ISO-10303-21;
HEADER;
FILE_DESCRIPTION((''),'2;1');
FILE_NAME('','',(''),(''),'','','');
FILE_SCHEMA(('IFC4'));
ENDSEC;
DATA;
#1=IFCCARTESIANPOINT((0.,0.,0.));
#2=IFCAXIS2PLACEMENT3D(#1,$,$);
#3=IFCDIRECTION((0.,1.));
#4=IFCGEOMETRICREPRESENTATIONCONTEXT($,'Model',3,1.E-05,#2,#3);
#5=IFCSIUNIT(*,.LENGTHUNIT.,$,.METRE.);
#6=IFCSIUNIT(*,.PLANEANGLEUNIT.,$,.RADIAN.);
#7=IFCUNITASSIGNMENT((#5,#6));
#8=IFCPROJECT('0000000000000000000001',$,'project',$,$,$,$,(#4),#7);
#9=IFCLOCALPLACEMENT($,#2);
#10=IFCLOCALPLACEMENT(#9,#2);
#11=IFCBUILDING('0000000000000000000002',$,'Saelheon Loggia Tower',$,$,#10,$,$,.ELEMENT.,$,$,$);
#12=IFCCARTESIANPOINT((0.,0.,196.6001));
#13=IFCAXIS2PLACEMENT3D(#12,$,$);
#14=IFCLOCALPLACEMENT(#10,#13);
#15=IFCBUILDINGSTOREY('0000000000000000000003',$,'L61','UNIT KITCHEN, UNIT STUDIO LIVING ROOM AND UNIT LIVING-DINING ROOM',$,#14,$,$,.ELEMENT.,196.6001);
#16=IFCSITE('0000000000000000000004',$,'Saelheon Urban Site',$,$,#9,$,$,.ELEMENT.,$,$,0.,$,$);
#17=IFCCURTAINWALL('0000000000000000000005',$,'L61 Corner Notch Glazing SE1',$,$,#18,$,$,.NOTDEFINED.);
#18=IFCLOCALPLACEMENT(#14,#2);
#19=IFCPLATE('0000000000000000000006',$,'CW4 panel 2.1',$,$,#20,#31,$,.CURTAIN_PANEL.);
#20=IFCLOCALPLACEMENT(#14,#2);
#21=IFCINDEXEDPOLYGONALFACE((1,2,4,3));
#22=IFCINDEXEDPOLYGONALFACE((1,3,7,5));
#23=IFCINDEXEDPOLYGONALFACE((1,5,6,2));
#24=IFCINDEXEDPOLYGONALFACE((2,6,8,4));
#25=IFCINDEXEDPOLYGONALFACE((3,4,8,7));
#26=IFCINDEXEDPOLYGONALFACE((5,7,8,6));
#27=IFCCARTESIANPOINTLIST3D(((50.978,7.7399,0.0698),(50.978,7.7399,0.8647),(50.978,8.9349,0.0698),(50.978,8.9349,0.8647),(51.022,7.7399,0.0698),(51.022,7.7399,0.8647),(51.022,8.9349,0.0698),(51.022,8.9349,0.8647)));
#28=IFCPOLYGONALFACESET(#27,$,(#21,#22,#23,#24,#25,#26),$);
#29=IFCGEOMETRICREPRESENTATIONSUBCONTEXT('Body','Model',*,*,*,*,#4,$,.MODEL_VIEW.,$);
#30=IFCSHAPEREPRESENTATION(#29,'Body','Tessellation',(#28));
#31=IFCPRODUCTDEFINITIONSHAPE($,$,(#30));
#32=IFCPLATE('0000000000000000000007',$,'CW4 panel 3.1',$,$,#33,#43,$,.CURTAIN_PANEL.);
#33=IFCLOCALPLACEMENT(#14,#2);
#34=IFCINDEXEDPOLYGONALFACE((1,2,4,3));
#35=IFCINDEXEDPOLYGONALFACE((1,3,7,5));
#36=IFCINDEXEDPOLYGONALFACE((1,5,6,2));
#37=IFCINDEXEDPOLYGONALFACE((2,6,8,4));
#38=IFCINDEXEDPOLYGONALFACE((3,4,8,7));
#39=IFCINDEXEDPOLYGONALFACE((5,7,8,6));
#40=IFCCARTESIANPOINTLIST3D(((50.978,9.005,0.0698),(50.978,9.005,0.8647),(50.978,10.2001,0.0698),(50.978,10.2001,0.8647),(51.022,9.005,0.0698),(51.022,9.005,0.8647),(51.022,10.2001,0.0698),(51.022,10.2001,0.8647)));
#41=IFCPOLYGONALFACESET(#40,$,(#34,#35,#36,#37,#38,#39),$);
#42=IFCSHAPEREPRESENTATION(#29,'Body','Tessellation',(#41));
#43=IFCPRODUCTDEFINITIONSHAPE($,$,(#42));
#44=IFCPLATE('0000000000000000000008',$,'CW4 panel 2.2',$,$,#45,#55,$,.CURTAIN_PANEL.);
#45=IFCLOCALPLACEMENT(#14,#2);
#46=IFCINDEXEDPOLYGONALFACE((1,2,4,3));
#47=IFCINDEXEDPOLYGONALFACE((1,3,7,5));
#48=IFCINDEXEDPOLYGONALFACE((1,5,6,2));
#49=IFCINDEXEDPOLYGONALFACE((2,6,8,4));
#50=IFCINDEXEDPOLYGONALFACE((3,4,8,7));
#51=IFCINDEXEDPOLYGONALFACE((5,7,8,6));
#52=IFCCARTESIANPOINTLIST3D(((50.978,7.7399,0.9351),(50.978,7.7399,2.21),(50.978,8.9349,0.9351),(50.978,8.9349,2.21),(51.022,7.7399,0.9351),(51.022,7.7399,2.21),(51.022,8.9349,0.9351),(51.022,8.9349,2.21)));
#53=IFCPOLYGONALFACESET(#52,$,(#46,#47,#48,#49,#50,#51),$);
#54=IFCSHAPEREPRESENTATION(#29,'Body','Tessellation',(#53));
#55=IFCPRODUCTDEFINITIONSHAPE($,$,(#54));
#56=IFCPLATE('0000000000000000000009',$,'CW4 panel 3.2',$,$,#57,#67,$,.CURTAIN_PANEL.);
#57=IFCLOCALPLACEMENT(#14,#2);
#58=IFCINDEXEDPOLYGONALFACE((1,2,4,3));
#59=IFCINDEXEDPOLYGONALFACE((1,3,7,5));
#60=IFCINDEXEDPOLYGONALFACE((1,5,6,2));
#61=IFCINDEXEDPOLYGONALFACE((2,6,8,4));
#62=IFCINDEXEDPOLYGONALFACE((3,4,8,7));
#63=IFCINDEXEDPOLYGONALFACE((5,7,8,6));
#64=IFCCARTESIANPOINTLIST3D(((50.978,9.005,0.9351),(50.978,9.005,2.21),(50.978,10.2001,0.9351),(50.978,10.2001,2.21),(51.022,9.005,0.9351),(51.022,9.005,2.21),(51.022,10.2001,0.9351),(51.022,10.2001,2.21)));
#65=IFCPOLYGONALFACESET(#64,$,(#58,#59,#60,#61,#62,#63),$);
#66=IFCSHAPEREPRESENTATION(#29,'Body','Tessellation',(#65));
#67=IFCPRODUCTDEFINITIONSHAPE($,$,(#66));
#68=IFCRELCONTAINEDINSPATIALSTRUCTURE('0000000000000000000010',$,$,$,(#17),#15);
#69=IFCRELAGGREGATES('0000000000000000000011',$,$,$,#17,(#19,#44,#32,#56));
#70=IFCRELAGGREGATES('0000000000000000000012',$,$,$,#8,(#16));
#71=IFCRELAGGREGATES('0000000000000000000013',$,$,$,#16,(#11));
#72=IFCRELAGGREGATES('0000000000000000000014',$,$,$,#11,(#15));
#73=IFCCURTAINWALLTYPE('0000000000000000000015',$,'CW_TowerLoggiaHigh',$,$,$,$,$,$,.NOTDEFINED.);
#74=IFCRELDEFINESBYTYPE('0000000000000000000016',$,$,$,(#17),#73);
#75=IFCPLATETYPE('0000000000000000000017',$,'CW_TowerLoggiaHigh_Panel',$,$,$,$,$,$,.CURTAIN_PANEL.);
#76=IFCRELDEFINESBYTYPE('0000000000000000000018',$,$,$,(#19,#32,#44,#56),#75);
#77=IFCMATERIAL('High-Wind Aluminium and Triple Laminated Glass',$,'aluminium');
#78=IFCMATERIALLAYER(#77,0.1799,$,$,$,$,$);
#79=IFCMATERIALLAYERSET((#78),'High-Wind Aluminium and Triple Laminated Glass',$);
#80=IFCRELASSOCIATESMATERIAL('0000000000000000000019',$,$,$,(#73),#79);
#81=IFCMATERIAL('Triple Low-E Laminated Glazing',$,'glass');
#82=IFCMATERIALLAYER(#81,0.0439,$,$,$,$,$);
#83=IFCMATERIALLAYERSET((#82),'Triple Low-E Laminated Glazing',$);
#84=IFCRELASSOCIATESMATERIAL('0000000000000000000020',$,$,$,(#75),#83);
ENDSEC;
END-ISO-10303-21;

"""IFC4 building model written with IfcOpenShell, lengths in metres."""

from ifc_helpers import new_model, si_unit, direction, frame, origin, origin_2d, place, context, subcontext, project, spatial, rectangle, extrude, source, transform, mapped, material, layer, layer_set, type_object, element, aggregate, save


model = new_model("IFC4")

# Units and contexts
model_context = context("Model", 3, precision=1e-05, world=origin(), true_north=direction((0.0, 1.0)))
body_context = subcontext(model_context, "Body", "Model", "MODEL_VIEW")
ifc_project = project(units=[si_unit("LENGTHUNIT", "METRE"), si_unit("PLANEANGLEUNIT", "RADIAN")], contexts=[model_context])

# Site, building, storey
site_placement = place(None, origin())
site = spatial("IfcSite", under=ifc_project, at=site_placement, Name="Saelheon Urban Site", CompositionType="ELEMENT", RefElevation=0.0)
building_placement = place(site_placement, origin())
building = spatial("IfcBuilding", under=site, at=building_placement, Name="Saelheon Loggia Tower", CompositionType="ELEMENT")
storey_placement = place(building_placement, frame((0.0, 0.0, 196.6001)))
storey = spatial("IfcBuildingStorey", under=building, at=storey_placement, Name="L61", Description="UNIT KITCHEN, UNIT STUDIO LIVING ROOM AND UNIT LIVING-DINING ROOM", CompositionType="ELEMENT", Elevation=196.6001)

# Curtain wall
ifc_material_1 = material(Name="High-Wind Aluminium and Triple Laminated Glass", Category="aluminium")
ifc_layer_1 = layer(ifc_material_1, 0.1799)
ifc_layer_set_1 = layer_set([ifc_layer_1], Name="High-Wind Aluminium and Triple Laminated Glass")
curtain_wall_type = type_object("IfcCurtainWallType", Name="CW_TowerLoggiaHigh", PredefinedType="NOTDEFINED", material=ifc_layer_set_1)
curtain_wall_1_placement = place(storey_placement, origin())
curtain_wall_1 = element("IfcCurtainWall", 1, at=curtain_wall_1_placement, inside=storey, type_object=curtain_wall_type, Name="L61 Corner Notch Glazing SE1", PredefinedType="NOTDEFINED")

# Plates
ifc_material_2 = material(Name="Triple Low-E Laminated Glazing", Category="glass")
ifc_layer_2 = layer(ifc_material_2, 0.0439)
ifc_layer_set_2 = layer_set([ifc_layer_2], Name="Triple Low-E Laminated Glazing")
plate_type = type_object("IfcPlateType", Name="CW_TowerLoggiaHigh_Panel", PredefinedType="CURTAIN_PANEL", material=ifc_layer_set_2)
shared_shape_1 = source(origin(), body_context, "Body", "SweptSolid", [
    extrude(rectangle(XDim=1.1951, YDim=0.0439, at=origin_2d()), origin(), (0.0, 0.0, 1.0), 0.7949),
])
plate_1_placement = place(storey_placement, frame((51.0, 8.3374, 0.0698), z_axis=(0.0, 0.0, 1.0), x_axis=(0.0, 1.0, 0.0)))
plate_1 = element("IfcPlate", 2, at=plate_1_placement, type_object=plate_type, Name="CW4 panel 2.1", PredefinedType="CURTAIN_PANEL", context=body_context, shape_type="MappedRepresentation", body=[
    mapped(shared_shape_1, transform((0.0, 0.0, 0.0), scale=1.0)),
])
plate_2_placement = place(storey_placement, frame((51.0, 9.6025, 0.0698), z_axis=(0.0, 0.0, 1.0), x_axis=(0.0, 1.0, 0.0)))
plate_2 = element("IfcPlate", 3, at=plate_2_placement, type_object=plate_type, Name="CW4 panel 3.1", PredefinedType="CURTAIN_PANEL", context=body_context, shape_type="MappedRepresentation", body=[
    mapped(shared_shape_1, transform((0.0, 0.0, 0.0), scale=1.0)),
])
shared_shape_2 = source(origin(), body_context, "Body", "SweptSolid", [
    extrude(rectangle(XDim=1.1951, YDim=0.0439, at=origin_2d()), origin(), (0.0, 0.0, 1.0), 1.2749),
])
plate_3_placement = place(storey_placement, frame((51.0, 8.3374, 0.9351), z_axis=(0.0, 0.0, 1.0), x_axis=(0.0, 1.0, 0.0)))
plate_3 = element("IfcPlate", 4, at=plate_3_placement, type_object=plate_type, Name="CW4 panel 2.2", PredefinedType="CURTAIN_PANEL", context=body_context, shape_type="MappedRepresentation", body=[
    mapped(shared_shape_2, transform((0.0, 0.0, 0.0), scale=1.0)),
])
plate_4_placement = place(storey_placement, frame((51.0, 9.6025, 0.9351), z_axis=(0.0, 0.0, 1.0), x_axis=(0.0, 1.0, 0.0)))
plate_4 = element("IfcPlate", 5, at=plate_4_placement, type_object=plate_type, Name="CW4 panel 3.2", PredefinedType="CURTAIN_PANEL", context=body_context, shape_type="MappedRepresentation", body=[
    mapped(shared_shape_2, transform((0.0, 0.0, 0.0), scale=1.0)),
])
aggregate(curtain_wall_1, [plate_1, plate_3, plate_2, plate_4])

save(model, "model.ifc")
